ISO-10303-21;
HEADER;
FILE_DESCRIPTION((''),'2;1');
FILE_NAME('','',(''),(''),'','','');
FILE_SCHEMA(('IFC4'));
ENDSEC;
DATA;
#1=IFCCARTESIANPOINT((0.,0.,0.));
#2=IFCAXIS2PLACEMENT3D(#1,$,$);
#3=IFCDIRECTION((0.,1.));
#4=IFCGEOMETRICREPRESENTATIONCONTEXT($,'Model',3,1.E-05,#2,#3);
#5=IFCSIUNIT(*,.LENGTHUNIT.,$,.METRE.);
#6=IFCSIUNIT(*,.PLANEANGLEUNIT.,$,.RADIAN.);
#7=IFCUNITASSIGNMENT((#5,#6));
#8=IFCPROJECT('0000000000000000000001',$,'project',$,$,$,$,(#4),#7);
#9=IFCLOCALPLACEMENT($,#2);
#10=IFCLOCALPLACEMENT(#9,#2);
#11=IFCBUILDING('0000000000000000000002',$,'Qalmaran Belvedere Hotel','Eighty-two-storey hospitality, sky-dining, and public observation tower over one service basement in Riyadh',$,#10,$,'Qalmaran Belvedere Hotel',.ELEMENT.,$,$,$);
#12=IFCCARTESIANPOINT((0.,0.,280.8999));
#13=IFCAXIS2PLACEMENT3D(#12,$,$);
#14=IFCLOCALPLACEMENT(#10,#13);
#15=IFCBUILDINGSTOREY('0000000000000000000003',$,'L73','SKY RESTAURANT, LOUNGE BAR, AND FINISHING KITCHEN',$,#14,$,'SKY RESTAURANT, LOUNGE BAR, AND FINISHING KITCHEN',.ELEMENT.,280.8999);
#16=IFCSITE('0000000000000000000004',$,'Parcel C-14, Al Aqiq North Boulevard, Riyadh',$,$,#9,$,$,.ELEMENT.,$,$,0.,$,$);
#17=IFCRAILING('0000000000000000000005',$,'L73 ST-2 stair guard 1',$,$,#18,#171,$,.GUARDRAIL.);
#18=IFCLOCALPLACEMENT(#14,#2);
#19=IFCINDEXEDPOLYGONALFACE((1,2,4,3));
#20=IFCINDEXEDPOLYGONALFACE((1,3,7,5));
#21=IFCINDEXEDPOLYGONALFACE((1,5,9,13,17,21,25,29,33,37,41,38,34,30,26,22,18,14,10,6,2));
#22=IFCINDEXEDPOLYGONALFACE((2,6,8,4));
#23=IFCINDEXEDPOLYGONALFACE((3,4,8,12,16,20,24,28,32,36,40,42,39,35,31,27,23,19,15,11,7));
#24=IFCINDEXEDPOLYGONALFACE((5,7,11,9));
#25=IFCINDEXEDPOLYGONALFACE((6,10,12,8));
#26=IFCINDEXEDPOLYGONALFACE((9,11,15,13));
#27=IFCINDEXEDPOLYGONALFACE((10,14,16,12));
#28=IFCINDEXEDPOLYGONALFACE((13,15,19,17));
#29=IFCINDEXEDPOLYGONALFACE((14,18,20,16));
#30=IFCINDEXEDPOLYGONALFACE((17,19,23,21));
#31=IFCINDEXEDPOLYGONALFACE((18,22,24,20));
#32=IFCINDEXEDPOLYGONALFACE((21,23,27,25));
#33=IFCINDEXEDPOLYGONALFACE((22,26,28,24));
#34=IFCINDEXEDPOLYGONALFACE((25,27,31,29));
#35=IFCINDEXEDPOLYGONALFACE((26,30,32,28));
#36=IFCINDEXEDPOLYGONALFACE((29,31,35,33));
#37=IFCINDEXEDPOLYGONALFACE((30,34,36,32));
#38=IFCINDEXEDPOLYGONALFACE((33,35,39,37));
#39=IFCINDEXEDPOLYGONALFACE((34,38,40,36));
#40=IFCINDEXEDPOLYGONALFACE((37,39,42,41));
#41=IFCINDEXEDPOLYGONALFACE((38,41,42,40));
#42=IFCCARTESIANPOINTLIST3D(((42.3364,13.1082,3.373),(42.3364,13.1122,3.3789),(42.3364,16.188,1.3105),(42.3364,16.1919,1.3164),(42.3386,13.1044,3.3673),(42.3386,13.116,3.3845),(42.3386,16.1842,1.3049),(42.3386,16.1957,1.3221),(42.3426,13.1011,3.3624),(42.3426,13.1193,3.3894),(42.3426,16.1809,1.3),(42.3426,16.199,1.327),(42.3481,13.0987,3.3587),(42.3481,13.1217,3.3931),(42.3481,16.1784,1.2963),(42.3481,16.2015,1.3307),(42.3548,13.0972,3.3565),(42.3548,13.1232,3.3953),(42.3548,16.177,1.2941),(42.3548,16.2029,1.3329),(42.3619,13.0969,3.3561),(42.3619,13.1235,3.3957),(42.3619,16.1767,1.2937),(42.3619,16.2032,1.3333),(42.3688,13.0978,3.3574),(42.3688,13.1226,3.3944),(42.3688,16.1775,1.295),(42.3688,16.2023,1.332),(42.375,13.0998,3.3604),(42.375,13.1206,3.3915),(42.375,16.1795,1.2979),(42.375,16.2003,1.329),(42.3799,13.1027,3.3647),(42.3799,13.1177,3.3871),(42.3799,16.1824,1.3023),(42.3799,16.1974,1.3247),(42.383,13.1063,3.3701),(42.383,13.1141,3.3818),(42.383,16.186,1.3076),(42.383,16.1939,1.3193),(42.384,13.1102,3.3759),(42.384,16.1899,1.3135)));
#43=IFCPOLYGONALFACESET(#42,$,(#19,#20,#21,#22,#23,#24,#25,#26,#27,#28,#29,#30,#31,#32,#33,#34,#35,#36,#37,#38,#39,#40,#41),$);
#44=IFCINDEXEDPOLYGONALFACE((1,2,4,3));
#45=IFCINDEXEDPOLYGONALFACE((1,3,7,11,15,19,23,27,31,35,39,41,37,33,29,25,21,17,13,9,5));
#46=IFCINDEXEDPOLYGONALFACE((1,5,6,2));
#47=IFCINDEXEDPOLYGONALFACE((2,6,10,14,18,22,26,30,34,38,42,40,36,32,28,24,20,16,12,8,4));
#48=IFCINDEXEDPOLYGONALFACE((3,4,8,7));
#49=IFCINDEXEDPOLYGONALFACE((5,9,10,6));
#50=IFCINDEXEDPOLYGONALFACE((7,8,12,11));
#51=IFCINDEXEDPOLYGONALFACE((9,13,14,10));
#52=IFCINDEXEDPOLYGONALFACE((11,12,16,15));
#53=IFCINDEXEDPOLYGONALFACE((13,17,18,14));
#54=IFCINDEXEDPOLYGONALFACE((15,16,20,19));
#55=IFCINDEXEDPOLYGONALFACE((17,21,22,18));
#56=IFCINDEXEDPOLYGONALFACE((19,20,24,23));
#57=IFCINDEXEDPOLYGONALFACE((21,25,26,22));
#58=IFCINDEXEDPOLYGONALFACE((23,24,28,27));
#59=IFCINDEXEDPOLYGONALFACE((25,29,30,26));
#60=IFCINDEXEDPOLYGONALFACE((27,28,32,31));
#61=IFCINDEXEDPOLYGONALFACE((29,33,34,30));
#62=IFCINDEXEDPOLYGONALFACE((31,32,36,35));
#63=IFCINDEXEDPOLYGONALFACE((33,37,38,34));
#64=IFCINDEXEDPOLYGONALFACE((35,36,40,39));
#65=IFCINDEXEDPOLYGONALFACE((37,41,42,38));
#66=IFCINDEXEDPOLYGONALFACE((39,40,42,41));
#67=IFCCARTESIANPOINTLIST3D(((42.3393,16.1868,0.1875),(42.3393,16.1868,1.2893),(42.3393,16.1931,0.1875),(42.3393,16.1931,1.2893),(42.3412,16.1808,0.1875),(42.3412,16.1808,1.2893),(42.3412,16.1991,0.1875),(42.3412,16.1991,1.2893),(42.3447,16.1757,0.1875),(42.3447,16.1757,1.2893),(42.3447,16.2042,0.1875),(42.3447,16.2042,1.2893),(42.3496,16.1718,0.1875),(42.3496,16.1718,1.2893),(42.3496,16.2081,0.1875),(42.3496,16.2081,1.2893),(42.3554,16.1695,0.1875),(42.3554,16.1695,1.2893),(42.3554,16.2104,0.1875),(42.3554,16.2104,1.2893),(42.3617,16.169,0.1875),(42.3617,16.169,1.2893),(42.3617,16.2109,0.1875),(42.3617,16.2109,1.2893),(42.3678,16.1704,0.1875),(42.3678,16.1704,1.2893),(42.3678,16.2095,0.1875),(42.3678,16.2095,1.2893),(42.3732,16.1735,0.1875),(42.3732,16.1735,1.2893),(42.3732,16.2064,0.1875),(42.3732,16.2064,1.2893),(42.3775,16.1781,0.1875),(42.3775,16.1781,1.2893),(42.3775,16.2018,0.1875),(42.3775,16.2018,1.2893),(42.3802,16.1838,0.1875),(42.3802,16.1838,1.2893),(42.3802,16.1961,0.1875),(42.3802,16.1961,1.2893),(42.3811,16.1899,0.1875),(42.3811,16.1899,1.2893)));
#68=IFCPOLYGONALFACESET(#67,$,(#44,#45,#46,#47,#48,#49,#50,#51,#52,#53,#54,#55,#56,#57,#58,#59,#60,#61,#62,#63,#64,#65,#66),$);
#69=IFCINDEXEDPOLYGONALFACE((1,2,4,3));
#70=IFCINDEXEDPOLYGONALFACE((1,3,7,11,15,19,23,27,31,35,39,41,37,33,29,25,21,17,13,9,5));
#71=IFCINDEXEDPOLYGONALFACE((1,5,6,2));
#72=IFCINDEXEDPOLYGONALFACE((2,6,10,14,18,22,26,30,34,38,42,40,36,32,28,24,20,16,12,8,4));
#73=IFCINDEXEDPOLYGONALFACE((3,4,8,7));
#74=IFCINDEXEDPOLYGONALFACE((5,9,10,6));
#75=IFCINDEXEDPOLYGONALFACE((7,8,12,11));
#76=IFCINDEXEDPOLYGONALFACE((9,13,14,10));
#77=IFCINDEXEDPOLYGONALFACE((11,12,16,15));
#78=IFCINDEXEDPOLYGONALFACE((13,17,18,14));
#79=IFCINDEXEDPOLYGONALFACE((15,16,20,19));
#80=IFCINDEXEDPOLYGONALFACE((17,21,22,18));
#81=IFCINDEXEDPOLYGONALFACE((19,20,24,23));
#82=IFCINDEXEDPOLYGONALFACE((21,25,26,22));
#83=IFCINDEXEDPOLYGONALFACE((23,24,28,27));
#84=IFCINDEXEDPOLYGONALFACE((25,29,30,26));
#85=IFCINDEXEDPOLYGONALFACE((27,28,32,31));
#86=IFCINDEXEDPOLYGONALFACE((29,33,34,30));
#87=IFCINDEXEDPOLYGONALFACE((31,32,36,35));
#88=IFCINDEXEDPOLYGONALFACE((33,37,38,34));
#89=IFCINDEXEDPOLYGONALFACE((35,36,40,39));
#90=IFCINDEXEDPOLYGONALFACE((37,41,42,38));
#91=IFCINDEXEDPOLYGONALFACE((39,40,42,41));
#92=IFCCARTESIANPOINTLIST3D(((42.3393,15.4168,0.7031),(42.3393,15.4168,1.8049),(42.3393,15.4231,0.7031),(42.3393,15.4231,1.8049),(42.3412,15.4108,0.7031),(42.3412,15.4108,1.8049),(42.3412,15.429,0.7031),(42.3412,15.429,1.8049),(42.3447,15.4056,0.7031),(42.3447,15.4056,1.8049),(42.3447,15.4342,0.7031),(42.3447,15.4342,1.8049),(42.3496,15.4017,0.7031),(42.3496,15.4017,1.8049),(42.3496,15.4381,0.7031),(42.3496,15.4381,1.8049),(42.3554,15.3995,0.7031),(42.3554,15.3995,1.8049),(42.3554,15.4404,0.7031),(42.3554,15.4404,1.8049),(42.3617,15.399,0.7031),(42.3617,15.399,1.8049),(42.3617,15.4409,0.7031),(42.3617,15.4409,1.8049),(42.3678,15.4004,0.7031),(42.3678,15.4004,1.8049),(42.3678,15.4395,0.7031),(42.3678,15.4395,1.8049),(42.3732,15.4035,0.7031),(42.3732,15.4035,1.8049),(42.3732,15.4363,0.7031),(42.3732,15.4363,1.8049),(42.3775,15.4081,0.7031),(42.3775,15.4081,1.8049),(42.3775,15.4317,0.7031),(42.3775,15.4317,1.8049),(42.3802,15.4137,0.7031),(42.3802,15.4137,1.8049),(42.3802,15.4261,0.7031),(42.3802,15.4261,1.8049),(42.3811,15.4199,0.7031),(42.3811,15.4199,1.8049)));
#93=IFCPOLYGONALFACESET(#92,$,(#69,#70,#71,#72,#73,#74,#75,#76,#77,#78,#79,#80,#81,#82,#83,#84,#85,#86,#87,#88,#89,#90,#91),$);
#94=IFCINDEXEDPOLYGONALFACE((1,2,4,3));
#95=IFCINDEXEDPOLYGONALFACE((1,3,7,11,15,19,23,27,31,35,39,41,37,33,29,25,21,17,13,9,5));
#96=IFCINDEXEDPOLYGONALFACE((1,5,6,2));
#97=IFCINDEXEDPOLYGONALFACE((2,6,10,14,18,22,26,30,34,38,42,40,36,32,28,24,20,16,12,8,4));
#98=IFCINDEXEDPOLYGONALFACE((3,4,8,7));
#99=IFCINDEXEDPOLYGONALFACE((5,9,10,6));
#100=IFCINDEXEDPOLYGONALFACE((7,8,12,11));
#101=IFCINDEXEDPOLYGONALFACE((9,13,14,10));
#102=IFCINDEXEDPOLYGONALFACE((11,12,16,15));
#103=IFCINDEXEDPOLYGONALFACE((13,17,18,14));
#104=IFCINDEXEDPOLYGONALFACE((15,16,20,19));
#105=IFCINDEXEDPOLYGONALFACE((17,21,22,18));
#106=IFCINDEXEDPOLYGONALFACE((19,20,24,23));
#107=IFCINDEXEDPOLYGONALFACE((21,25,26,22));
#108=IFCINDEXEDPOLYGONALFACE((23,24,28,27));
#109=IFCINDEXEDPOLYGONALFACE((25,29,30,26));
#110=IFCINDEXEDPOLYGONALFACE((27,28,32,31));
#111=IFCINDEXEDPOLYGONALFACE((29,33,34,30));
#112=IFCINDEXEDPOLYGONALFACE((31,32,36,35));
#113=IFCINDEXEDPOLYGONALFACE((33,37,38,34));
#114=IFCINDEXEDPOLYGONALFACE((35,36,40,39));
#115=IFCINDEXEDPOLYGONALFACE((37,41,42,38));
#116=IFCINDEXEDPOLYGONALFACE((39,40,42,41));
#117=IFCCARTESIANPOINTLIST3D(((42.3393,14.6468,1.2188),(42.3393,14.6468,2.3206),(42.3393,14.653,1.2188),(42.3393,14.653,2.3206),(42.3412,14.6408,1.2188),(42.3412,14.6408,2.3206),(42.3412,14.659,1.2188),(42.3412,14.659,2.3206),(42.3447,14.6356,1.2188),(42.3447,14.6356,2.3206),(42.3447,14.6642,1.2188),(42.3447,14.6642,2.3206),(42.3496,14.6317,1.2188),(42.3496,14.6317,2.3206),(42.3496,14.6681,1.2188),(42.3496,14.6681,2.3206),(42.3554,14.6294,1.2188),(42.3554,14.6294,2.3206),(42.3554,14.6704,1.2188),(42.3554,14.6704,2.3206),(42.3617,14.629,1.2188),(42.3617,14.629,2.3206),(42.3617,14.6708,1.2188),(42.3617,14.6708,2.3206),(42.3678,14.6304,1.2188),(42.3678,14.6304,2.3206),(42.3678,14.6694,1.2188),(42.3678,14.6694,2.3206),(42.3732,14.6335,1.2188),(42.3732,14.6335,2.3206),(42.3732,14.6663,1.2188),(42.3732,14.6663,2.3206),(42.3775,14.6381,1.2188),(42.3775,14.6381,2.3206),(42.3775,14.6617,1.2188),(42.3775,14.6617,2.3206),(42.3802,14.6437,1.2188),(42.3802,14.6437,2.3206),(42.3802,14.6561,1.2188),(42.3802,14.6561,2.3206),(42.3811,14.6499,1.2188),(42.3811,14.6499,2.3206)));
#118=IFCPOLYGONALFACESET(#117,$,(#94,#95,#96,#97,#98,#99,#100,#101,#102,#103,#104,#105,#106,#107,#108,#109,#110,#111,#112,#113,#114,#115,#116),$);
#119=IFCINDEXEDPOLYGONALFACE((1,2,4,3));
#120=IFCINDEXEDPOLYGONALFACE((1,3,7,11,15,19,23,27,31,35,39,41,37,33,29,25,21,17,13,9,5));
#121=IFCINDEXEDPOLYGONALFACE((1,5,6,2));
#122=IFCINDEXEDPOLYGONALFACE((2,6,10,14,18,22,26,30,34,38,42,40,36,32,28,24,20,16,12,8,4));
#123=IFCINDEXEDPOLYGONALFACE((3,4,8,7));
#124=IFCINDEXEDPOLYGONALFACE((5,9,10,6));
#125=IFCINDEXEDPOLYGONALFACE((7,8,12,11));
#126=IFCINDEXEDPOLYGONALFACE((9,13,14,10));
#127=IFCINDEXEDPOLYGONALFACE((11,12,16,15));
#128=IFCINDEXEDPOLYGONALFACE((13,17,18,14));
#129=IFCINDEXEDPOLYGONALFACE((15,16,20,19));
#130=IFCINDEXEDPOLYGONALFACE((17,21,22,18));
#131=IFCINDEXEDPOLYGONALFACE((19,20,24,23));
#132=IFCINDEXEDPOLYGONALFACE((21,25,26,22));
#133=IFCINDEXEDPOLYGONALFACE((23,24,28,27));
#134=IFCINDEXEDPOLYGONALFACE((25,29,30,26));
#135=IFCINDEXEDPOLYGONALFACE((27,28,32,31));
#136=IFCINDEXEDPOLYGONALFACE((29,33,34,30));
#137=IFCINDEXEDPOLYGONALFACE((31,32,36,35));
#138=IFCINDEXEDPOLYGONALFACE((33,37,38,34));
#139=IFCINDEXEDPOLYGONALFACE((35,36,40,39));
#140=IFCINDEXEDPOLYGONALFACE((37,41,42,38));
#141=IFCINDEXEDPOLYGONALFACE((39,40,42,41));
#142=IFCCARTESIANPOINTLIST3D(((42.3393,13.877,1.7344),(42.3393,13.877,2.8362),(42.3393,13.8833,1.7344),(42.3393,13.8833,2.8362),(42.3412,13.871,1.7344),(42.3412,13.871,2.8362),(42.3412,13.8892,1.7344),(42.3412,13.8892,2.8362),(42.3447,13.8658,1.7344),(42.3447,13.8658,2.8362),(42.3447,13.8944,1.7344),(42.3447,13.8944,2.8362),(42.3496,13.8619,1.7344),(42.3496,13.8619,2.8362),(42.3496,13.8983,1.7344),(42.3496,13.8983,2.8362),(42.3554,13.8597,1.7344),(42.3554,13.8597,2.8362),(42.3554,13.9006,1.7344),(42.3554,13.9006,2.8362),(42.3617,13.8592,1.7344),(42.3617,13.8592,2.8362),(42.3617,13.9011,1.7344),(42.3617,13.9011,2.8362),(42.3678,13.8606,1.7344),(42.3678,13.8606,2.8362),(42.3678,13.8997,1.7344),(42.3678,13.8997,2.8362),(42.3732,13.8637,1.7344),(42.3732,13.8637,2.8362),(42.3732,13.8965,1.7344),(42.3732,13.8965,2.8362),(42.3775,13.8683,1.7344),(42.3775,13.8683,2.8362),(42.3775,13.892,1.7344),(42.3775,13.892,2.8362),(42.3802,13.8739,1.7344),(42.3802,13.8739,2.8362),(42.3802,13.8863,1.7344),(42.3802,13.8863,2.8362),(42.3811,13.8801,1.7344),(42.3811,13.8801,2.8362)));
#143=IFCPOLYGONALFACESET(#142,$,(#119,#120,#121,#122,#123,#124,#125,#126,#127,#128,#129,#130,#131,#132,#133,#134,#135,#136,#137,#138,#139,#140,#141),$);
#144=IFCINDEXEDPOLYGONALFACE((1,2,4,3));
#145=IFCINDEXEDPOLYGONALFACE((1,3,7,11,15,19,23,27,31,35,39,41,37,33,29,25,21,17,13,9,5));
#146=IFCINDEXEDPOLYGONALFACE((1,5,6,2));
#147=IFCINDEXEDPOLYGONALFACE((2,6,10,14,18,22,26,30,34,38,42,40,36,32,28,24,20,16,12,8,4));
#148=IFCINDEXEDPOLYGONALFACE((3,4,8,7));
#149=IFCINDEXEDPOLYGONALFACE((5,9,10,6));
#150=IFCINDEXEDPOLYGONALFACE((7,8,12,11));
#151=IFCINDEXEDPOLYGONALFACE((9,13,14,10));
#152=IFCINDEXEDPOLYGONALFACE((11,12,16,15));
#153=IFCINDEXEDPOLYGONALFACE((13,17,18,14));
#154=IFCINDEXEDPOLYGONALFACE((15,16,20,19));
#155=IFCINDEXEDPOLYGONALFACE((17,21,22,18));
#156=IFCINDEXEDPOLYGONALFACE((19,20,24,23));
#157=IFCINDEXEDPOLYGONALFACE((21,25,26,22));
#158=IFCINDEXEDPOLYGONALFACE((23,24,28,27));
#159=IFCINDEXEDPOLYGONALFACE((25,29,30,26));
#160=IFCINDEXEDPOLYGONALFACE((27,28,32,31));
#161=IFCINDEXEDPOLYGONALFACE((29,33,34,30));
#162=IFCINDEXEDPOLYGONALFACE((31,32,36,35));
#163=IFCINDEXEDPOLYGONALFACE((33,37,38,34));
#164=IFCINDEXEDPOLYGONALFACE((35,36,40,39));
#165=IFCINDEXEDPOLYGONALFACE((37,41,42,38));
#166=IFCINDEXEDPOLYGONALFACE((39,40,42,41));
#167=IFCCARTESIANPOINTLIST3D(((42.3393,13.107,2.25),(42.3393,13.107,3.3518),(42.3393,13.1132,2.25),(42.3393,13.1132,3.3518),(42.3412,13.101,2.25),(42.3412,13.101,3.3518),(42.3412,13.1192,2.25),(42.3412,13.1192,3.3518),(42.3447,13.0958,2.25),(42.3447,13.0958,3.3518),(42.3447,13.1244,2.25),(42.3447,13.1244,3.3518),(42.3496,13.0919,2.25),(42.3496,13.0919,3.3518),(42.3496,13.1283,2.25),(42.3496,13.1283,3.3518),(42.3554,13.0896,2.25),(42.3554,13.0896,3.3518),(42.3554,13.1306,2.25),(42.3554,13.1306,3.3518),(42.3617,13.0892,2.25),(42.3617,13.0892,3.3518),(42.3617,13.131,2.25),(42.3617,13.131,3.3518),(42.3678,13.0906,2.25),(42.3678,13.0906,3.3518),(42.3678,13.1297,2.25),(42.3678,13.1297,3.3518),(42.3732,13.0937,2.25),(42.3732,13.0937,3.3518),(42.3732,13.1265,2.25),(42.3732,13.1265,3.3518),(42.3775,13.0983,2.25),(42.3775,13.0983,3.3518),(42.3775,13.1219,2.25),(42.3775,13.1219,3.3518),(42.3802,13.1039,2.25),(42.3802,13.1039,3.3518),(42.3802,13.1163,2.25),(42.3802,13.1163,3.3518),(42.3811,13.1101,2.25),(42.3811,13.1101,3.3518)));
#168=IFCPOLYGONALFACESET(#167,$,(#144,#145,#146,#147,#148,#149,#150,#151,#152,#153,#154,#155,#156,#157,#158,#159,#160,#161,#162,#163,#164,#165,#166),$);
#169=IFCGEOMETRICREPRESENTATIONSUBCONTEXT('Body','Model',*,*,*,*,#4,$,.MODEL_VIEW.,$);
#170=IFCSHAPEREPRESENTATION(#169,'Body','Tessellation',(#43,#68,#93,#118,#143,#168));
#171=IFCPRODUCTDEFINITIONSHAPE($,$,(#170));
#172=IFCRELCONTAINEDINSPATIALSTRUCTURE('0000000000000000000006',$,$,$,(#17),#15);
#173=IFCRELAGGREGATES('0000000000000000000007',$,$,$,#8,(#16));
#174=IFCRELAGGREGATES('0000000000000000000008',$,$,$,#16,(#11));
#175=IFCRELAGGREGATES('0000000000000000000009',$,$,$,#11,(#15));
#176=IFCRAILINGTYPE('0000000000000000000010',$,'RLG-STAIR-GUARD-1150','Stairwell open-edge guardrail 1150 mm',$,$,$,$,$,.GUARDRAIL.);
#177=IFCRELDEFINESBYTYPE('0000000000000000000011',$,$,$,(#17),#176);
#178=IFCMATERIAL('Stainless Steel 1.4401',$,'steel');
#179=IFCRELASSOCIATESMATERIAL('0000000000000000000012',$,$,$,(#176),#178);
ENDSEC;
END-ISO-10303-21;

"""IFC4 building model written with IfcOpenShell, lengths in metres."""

from ifc_helpers import new_model, si_unit, direction, frame, origin, origin_2d, place, context, subcontext, project, spatial, circle, extrude, material, type_object, element, save


model = new_model("IFC4")

# Units and contexts
model_context = context("Model", 3, precision=1e-05, world=origin(), true_north=direction((0.0, 1.0)))
body_context = subcontext(model_context, "Body", "Model", "MODEL_VIEW")
ifc_project = project(units=[si_unit("LENGTHUNIT", "METRE"), si_unit("PLANEANGLEUNIT", "RADIAN")], contexts=[model_context])

# Site, building, storey
site_placement = place(None, origin())
site = spatial("IfcSite", under=ifc_project, at=site_placement, Name="Parcel C-14, Al Aqiq North Boulevard, Riyadh", CompositionType="ELEMENT", RefElevation=0.0)
building_placement = place(site_placement, origin())
building = spatial("IfcBuilding", under=site, at=building_placement, Name="Qalmaran Belvedere Hotel", Description="Eighty-two-storey hospitality, sky-dining, and public observation tower over one service basement in Riyadh", LongName="Qalmaran Belvedere Hotel", CompositionType="ELEMENT")
storey_placement = place(building_placement, frame((0.0, 0.0, 280.8999)))
storey = spatial("IfcBuildingStorey", under=building, at=storey_placement, Name="L73", Description="SKY RESTAURANT, LOUNGE BAR, AND FINISHING KITCHEN", LongName="SKY RESTAURANT, LOUNGE BAR, AND FINISHING KITCHEN", CompositionType="ELEMENT", Elevation=280.8999)

# Railing
ifc_material_1 = material(Name="Stainless Steel 1.4401", Category="steel")
railing_type_1 = type_object("IfcRailingType", Name="RLG-STAIR-GUARD-1150", Description="Stairwell open-edge guardrail 1150 mm", PredefinedType="GUARDRAIL", material=ifc_material_1)
railing_1_placement = place(storey_placement, frame((42.3601, 16.1899, 0.1875)))
element("IfcRailing", 1, at=railing_1_placement, inside=storey, type_object=railing_type_1, Name="L73 ST-2 stair guard 1", PredefinedType="GUARDRAIL", context=body_context, shape_type="SweptSolid", body=[
    extrude(circle(Radius=0.0239, at=origin_2d()), frame((0.0, 0.0, 1.126), z_axis=(0.0, -0.830893, 0.556432), x_axis=(1.0, 0.0, 0.0)), (0.0, 0.0, 1.0), 3.7065),
    extrude(circle(Radius=0.021, at=origin_2d()), origin(), (0.0, 0.0, 1.0), 1.1018),
    extrude(circle(Radius=0.021, at=origin_2d()), frame((0.0, -0.77, 0.5156)), (0.0, 0.0, 1.0), 1.1018),
    extrude(circle(Radius=0.021, at=origin_2d()), frame((0.0, -1.54, 1.0312)), (0.0, 0.0, 1.0), 1.1018),
    extrude(circle(Radius=0.021, at=origin_2d()), frame((0.0, -2.3098, 1.5469)), (0.0, 0.0, 1.0), 1.1018),
    extrude(circle(Radius=0.021, at=origin_2d()), frame((0.0, -3.0798, 2.0625)), (0.0, 0.0, 1.0), 1.1018),
])

save(model, "model.ifc")
